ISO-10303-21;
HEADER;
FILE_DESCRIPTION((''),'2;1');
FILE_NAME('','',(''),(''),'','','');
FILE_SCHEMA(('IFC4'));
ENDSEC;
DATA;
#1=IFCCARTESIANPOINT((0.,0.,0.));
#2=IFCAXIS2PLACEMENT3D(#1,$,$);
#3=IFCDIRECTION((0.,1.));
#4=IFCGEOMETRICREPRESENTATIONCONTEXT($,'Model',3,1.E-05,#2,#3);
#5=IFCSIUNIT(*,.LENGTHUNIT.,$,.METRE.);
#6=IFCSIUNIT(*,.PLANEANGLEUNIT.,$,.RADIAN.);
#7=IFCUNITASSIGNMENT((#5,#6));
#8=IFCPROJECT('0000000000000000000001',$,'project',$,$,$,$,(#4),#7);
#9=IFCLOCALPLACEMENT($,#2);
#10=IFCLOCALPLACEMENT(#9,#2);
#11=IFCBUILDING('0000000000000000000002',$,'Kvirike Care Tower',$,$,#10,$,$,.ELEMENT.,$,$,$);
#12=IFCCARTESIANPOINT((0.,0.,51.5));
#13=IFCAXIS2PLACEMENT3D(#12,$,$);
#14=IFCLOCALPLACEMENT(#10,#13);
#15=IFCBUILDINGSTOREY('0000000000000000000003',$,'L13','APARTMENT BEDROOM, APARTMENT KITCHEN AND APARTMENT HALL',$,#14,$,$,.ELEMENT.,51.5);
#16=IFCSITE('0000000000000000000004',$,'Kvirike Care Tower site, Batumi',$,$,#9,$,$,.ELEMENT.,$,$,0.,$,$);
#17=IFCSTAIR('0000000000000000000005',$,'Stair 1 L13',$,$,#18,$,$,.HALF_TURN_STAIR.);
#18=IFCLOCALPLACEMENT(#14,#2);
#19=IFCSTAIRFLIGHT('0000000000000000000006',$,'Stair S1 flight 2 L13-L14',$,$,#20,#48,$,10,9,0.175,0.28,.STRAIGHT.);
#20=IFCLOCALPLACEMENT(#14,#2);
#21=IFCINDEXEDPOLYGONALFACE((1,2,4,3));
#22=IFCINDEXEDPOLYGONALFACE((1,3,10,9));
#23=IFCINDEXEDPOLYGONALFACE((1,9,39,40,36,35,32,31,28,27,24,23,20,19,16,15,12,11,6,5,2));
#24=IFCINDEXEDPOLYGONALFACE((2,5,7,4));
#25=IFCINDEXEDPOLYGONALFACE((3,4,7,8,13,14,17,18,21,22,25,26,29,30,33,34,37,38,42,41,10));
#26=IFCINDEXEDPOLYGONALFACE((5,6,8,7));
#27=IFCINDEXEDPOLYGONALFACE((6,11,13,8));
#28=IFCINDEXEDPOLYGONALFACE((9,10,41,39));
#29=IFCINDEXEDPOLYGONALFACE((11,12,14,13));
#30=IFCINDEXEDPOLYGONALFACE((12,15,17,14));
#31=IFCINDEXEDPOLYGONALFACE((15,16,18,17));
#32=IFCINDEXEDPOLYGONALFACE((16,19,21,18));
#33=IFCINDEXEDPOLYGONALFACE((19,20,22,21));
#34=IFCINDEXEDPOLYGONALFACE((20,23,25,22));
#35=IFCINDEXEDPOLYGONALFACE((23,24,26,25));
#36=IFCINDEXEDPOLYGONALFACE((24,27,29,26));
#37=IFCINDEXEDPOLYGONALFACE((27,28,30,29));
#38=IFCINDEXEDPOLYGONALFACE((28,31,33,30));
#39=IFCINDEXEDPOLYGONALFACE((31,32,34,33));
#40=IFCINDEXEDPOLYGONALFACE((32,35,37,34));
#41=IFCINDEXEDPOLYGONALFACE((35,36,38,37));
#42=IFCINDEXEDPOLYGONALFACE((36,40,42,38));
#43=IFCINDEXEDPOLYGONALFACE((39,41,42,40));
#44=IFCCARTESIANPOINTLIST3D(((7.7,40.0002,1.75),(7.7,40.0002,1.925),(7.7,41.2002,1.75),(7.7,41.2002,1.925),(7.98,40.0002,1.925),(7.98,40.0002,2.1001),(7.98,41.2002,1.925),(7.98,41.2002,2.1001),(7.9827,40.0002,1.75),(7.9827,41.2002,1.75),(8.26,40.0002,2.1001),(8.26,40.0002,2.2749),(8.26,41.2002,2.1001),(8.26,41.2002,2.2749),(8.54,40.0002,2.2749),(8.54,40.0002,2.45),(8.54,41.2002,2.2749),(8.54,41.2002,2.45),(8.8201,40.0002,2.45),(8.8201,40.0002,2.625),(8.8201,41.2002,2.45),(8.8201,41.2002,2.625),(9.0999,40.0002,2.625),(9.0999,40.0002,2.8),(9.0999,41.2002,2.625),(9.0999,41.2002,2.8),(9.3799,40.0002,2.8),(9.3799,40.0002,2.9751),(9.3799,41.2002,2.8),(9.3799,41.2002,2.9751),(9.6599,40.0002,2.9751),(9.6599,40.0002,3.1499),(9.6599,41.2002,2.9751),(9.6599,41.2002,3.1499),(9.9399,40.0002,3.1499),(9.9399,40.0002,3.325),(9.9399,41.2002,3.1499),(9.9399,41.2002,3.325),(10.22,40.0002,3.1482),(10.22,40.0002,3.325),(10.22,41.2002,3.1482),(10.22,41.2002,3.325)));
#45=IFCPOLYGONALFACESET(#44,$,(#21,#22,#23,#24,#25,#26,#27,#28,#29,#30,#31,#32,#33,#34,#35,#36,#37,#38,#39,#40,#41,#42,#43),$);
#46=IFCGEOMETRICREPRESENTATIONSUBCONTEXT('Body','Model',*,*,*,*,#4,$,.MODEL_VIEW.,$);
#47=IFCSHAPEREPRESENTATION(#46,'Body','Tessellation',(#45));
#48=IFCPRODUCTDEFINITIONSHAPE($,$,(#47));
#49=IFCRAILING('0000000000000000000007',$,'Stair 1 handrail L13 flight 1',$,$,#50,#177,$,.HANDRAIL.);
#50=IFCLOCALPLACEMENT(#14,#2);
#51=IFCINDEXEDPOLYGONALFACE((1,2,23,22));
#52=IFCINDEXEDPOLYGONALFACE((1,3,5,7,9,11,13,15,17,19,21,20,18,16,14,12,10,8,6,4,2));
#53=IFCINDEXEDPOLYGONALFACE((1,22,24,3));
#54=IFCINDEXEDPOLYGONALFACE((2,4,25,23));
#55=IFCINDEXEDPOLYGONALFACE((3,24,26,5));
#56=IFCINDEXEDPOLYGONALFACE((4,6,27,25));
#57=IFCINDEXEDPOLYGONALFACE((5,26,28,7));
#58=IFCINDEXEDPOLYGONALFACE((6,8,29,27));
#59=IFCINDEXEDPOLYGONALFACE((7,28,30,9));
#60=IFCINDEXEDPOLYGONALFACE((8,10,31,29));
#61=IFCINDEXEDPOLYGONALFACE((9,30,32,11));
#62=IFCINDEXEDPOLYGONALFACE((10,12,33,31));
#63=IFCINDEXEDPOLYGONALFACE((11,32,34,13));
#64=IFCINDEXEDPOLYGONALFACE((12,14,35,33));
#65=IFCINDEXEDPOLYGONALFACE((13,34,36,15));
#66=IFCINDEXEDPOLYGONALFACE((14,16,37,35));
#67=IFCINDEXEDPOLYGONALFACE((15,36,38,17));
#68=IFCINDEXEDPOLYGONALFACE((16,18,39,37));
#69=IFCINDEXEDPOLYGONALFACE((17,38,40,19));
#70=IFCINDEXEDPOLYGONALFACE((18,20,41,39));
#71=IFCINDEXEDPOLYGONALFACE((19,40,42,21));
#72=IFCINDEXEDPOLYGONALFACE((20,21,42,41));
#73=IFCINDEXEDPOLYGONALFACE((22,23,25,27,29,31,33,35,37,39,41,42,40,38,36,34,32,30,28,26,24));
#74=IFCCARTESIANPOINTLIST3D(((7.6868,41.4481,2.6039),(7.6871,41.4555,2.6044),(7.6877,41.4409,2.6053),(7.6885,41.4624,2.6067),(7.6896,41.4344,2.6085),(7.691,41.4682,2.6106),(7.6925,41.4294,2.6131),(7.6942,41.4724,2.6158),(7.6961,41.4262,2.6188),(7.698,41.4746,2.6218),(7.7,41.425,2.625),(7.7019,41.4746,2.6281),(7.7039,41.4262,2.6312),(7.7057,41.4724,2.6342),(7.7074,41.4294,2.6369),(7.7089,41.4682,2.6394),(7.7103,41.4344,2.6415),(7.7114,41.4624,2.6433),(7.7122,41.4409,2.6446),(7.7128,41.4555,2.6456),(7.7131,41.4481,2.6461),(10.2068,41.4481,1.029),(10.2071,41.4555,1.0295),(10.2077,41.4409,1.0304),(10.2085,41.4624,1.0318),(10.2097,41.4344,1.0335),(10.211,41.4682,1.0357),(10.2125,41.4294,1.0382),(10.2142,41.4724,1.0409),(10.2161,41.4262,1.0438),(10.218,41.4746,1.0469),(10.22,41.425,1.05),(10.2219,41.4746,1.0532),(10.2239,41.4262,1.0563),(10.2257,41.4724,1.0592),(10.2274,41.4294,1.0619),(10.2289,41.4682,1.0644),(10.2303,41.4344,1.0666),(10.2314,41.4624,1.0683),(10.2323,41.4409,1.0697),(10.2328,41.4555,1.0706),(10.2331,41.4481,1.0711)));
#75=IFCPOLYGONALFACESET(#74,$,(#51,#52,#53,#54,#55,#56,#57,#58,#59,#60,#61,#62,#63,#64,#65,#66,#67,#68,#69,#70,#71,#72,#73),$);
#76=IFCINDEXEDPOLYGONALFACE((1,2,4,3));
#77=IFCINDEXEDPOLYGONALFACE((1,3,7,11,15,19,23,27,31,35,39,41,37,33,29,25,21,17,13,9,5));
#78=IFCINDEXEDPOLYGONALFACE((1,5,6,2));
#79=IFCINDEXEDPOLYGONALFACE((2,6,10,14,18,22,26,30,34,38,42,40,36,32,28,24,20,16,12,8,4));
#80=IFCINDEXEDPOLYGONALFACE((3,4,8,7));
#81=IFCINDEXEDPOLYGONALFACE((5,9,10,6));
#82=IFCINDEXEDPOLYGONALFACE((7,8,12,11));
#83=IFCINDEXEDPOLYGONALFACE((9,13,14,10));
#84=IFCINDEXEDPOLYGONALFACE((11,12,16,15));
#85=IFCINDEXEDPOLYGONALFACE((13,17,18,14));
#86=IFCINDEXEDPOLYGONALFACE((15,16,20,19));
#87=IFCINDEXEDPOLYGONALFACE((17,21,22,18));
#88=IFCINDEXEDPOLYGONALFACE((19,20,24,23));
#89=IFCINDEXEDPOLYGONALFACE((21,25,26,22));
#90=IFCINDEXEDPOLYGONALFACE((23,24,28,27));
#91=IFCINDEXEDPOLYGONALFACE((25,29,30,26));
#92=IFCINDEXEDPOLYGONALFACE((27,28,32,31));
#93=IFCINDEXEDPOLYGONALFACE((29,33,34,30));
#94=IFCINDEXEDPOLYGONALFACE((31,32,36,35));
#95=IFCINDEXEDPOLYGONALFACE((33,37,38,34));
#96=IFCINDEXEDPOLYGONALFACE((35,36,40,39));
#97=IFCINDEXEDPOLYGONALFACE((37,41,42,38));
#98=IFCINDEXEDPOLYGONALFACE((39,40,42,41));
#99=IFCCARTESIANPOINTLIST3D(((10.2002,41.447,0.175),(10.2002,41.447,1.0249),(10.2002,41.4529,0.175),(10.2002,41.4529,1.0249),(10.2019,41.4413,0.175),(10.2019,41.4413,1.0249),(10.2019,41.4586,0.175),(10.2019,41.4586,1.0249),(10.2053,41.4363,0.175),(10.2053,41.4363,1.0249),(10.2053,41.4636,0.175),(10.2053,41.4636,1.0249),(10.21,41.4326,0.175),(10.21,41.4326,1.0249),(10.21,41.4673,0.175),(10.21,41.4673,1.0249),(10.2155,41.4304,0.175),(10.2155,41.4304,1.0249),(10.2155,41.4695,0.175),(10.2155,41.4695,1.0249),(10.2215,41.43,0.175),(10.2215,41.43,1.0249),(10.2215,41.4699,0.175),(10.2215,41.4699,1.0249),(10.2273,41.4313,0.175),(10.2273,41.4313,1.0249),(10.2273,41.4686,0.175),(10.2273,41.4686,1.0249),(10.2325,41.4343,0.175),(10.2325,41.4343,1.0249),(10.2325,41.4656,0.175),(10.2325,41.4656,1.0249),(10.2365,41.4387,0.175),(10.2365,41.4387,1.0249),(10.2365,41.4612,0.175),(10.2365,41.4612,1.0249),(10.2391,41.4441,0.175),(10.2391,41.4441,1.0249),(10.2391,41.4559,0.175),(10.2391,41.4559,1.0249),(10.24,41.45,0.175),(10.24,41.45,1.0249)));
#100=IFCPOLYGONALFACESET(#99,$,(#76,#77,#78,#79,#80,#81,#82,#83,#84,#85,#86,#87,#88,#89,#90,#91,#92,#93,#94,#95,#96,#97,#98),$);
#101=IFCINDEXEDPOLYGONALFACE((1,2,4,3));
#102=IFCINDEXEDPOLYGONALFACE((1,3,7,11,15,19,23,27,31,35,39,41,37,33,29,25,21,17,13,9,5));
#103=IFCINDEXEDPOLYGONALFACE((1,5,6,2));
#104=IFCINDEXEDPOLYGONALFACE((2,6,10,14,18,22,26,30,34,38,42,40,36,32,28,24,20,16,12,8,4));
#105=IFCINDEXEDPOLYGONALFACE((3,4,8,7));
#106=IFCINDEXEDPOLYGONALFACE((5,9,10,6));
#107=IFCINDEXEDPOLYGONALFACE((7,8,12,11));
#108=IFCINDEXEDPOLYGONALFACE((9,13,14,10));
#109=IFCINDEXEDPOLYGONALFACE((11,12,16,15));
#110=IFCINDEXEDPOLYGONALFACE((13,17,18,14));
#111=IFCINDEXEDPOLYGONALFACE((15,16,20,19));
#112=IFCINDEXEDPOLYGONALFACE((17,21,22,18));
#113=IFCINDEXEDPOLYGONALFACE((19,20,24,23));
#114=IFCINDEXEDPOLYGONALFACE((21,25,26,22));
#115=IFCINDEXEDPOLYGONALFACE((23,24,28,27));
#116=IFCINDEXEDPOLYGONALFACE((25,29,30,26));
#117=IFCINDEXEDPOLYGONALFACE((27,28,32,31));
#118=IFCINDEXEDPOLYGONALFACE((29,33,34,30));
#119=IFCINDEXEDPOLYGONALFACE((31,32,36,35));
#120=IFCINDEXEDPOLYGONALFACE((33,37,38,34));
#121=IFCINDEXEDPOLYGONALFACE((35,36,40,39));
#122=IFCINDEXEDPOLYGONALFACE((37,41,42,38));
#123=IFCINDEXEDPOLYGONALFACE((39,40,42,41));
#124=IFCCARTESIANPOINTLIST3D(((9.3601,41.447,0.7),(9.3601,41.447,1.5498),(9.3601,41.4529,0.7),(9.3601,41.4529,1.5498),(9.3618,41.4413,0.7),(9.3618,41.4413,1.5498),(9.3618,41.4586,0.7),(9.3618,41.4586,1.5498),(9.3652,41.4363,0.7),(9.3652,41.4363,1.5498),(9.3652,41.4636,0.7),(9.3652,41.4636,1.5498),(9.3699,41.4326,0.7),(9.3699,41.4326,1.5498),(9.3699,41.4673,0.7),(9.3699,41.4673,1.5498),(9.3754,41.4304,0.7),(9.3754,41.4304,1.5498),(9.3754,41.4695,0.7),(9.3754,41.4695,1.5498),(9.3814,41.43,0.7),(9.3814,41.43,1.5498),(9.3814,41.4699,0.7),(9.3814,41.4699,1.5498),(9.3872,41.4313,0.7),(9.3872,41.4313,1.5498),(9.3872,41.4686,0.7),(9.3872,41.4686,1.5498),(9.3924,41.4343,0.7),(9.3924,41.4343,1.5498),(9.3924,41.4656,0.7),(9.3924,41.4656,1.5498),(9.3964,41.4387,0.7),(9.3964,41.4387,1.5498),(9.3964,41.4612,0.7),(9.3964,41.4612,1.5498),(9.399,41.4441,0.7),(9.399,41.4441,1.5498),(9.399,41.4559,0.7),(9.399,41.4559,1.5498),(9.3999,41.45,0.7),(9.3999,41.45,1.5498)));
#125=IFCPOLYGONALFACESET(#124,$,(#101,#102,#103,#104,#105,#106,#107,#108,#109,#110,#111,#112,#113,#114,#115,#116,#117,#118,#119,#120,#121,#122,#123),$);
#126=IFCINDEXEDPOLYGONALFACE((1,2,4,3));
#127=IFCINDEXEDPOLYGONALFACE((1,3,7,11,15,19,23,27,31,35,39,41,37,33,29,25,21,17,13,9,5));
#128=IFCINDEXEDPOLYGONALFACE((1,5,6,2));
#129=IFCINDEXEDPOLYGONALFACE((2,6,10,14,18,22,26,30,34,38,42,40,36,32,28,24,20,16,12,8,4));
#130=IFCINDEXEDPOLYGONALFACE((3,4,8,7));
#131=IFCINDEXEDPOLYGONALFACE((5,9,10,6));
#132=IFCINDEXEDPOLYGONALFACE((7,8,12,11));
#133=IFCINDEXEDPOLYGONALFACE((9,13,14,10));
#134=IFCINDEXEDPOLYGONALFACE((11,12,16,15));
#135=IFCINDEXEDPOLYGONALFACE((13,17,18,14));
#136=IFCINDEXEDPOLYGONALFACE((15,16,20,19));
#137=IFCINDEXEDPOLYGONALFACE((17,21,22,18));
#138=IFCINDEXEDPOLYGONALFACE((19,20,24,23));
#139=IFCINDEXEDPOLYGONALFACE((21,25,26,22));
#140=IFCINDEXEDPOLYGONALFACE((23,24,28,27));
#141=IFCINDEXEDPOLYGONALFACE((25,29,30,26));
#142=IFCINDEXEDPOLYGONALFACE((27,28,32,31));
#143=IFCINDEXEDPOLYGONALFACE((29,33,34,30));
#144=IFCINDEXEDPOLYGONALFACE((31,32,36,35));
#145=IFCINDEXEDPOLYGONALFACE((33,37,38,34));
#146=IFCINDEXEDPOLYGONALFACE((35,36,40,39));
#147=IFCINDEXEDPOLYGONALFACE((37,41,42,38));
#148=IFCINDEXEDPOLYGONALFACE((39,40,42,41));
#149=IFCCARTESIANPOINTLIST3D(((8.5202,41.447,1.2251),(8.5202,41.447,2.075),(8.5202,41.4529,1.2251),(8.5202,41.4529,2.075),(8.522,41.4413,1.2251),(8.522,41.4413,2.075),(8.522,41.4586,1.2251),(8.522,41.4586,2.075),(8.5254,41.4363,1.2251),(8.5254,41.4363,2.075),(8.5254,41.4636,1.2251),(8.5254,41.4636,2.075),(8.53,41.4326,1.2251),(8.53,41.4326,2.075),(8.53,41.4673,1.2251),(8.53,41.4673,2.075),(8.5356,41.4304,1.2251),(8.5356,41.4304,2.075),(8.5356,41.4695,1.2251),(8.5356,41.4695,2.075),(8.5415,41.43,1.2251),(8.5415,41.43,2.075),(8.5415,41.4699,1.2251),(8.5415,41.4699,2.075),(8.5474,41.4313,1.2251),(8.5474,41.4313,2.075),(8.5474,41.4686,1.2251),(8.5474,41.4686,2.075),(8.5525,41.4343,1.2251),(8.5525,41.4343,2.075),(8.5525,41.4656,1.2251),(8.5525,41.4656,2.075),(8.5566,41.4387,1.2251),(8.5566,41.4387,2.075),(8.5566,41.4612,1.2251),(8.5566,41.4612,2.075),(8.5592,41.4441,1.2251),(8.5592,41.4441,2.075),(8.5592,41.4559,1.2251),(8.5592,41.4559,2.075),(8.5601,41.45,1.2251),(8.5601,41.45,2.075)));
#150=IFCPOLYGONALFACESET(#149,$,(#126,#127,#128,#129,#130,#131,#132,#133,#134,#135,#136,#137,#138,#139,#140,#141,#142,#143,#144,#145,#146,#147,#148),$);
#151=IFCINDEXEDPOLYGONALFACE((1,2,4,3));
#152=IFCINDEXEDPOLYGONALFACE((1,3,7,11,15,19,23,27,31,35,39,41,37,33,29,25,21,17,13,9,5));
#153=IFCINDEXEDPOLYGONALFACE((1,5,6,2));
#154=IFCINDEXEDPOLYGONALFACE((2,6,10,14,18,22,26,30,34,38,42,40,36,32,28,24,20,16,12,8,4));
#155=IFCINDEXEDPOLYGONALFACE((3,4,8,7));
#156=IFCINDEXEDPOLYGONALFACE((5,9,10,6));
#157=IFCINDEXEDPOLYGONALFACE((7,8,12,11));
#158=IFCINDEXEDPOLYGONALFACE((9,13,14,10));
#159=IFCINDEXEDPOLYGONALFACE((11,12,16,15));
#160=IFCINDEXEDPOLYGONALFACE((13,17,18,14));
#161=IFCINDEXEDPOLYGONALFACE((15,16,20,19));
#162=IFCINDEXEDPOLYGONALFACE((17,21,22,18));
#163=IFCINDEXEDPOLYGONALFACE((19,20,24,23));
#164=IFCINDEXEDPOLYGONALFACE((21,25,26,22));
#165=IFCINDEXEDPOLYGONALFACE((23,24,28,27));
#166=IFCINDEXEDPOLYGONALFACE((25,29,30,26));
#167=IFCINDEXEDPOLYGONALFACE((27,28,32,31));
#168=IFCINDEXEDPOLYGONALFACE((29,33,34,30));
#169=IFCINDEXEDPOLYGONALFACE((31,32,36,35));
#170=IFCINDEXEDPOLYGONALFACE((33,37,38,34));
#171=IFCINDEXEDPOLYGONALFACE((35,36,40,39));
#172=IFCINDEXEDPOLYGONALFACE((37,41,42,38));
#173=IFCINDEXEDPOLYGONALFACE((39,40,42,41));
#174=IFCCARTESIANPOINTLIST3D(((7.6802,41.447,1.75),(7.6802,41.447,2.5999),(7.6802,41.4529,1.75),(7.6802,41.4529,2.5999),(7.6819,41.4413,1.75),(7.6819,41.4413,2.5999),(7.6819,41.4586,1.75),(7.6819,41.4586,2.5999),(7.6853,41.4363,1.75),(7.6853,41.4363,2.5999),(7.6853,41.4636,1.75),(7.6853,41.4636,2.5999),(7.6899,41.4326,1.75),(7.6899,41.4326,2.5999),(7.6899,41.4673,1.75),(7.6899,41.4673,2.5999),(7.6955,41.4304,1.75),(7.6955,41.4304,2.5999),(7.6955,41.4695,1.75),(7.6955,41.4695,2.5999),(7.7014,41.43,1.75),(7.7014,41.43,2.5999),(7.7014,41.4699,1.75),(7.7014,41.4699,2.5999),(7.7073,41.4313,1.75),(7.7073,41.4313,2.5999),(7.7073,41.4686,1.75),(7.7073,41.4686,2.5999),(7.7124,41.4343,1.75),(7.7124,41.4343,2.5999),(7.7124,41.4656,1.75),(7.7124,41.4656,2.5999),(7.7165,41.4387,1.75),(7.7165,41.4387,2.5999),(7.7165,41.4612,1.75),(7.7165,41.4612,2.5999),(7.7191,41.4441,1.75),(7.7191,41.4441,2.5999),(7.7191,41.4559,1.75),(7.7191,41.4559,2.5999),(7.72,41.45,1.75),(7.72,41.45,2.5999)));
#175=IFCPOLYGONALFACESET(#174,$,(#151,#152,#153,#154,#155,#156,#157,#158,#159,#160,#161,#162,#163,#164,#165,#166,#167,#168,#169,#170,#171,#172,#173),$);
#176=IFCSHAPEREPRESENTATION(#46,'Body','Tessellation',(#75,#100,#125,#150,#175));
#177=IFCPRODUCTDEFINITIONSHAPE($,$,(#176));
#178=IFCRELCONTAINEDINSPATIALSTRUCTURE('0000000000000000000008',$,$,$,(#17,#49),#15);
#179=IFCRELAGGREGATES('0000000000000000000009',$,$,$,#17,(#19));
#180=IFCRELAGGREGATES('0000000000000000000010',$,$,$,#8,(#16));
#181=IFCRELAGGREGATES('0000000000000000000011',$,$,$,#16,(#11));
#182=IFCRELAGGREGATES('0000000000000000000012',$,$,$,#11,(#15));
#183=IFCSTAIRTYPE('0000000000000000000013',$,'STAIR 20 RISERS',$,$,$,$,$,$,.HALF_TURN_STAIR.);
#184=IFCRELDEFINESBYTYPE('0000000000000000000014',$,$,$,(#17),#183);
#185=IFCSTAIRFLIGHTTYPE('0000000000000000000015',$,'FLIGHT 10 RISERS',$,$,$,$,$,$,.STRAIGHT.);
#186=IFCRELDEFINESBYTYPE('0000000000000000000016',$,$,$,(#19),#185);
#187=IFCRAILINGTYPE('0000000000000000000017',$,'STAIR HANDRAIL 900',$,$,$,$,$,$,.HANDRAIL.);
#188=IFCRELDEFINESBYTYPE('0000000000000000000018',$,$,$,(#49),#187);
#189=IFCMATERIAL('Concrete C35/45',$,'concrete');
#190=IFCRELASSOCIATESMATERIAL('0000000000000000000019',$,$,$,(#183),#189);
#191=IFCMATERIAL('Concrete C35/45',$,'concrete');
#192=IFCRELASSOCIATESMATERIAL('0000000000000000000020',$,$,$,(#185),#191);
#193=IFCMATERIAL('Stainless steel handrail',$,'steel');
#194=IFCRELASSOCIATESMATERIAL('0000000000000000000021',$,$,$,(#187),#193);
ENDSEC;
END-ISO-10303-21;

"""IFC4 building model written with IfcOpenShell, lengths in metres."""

from ifc_helpers import new_model, si_unit, direction, frame, origin, origin_2d, place, context, subcontext, project, spatial, polyline, circle, outline, extrude, material, type_object, element, aggregate, save


model = new_model("IFC4")

# Units and contexts
model_context = context("Model", 3, precision=1e-05, world=origin(), true_north=direction((0.0, 1.0)))
body_context = subcontext(model_context, "Body", "Model", "MODEL_VIEW")
ifc_project = project(units=[si_unit("LENGTHUNIT", "METRE"), si_unit("PLANEANGLEUNIT", "RADIAN")], contexts=[model_context])

# Site, building, storey
site_placement = place(None, origin())
site = spatial("IfcSite", under=ifc_project, at=site_placement, Name="Kvirike Care Tower site, Batumi", CompositionType="ELEMENT", RefElevation=0.0)
building_placement = place(site_placement, origin())
building = spatial("IfcBuilding", under=site, at=building_placement, Name="Kvirike Care Tower", CompositionType="ELEMENT")
storey_placement = place(building_placement, frame((0.0, 0.0, 51.5)))
storey = spatial("IfcBuildingStorey", under=building, at=storey_placement, Name="L13", Description="APARTMENT BEDROOM, APARTMENT KITCHEN AND APARTMENT HALL", CompositionType="ELEMENT", Elevation=51.5)

# Stair, stair flight
ifc_material_1 = material(Name="Concrete C35/45", Category="concrete")
stair_type = type_object("IfcStairType", Name="STAIR 20 RISERS", PredefinedType="HALF_TURN_STAIR", material=ifc_material_1)
stair_placement = place(storey_placement, origin())
stair = element("IfcStair", 1, at=stair_placement, inside=storey, type_object=stair_type, Name="Stair 1 L13", PredefinedType="HALF_TURN_STAIR")
ifc_material_2 = material(Name="Concrete C35/45", Category="concrete")
stair_flight_type = type_object("IfcStairFlightType", Name="FLIGHT 10 RISERS", PredefinedType="STRAIGHT", material=ifc_material_2)
stair_flight_placement = place(storey_placement, frame((7.7, 40.6001, 1.75), z_axis=(0.0, 0.0, 1.0), x_axis=(1.0, 0.0, 0.0)))
stair_flight = element("IfcStairFlight", 2, at=stair_flight_placement, type_object=stair_flight_type, Name="Stair S1 flight 2 L13-L14", NumberOfRisers=10, NumberOfTreads=9, PredefinedType="STRAIGHT", RiserHeight=0.175, TreadLength=0.28, context=body_context, shape_type="SweptSolid", body=[
    extrude(outline(polyline([(0.0, 0.0), (0.0, 0.175), (0.28, 0.175), (0.28, 0.3501), (0.5601, 0.3501), (0.5601, 0.5249), (0.8401, 0.5249), (0.8401, 0.7), (1.1201, 0.7), (1.1201, 0.875), (1.3999, 0.875), (1.3999, 1.05), (1.6799, 1.05), (1.6799, 1.2251), (1.96, 1.2251), (1.96, 1.3999), (2.24, 1.3999), (2.24, 1.575), (2.52, 1.575), (2.52, 1.75), (2.52, 1.3982), (0.2827, 0.0), (0.0, 0.0)])), frame((0.0, 0.6001, 0.0), z_axis=(0.0, -1.0, 0.0), x_axis=(1.0, 0.0, 0.0)), (0.0, 0.0, 1.0), 1.2),
])
aggregate(stair, [stair_flight])

# Railing
ifc_material_3 = material(Name="Stainless steel handrail", Category="steel")
railing_type = type_object("IfcRailingType", Name="STAIR HANDRAIL 900", PredefinedType="HANDRAIL", material=ifc_material_3)
railing_1_placement = place(storey_placement, frame((10.22, 41.45, 0.175)))
element("IfcRailing", 3, at=railing_1_placement, inside=storey, type_object=railing_type, Name="Stair 1 handrail L13 flight 1", PredefinedType="HANDRAIL", context=body_context, shape_type="SweptSolid", body=[
    extrude(circle(Radius=0.0249, at=origin_2d()), frame((0.0, 0.0, 0.875), z_axis=(-0.848008, 0.0, 0.529984), x_axis=(0.0, -1.0, 0.0)), (0.0, 0.0, 1.0), 2.9717),
    extrude(circle(Radius=0.02, at=origin_2d()), origin(), (0.0, 0.0, 1.0), 0.8499),
    extrude(circle(Radius=0.02, at=origin_2d()), frame((-0.8401, 0.0, 0.5249)), (0.0, 0.0, 1.0), 0.8499),
    extrude(circle(Radius=0.02, at=origin_2d()), frame((-1.6799, 0.0, 1.05)), (0.0, 0.0, 1.0), 0.8499),
    extrude(circle(Radius=0.02, at=origin_2d()), frame((-2.52, 0.0, 1.575)), (0.0, 0.0, 1.0), 0.8499),
])

save(model, "model.ifc")
